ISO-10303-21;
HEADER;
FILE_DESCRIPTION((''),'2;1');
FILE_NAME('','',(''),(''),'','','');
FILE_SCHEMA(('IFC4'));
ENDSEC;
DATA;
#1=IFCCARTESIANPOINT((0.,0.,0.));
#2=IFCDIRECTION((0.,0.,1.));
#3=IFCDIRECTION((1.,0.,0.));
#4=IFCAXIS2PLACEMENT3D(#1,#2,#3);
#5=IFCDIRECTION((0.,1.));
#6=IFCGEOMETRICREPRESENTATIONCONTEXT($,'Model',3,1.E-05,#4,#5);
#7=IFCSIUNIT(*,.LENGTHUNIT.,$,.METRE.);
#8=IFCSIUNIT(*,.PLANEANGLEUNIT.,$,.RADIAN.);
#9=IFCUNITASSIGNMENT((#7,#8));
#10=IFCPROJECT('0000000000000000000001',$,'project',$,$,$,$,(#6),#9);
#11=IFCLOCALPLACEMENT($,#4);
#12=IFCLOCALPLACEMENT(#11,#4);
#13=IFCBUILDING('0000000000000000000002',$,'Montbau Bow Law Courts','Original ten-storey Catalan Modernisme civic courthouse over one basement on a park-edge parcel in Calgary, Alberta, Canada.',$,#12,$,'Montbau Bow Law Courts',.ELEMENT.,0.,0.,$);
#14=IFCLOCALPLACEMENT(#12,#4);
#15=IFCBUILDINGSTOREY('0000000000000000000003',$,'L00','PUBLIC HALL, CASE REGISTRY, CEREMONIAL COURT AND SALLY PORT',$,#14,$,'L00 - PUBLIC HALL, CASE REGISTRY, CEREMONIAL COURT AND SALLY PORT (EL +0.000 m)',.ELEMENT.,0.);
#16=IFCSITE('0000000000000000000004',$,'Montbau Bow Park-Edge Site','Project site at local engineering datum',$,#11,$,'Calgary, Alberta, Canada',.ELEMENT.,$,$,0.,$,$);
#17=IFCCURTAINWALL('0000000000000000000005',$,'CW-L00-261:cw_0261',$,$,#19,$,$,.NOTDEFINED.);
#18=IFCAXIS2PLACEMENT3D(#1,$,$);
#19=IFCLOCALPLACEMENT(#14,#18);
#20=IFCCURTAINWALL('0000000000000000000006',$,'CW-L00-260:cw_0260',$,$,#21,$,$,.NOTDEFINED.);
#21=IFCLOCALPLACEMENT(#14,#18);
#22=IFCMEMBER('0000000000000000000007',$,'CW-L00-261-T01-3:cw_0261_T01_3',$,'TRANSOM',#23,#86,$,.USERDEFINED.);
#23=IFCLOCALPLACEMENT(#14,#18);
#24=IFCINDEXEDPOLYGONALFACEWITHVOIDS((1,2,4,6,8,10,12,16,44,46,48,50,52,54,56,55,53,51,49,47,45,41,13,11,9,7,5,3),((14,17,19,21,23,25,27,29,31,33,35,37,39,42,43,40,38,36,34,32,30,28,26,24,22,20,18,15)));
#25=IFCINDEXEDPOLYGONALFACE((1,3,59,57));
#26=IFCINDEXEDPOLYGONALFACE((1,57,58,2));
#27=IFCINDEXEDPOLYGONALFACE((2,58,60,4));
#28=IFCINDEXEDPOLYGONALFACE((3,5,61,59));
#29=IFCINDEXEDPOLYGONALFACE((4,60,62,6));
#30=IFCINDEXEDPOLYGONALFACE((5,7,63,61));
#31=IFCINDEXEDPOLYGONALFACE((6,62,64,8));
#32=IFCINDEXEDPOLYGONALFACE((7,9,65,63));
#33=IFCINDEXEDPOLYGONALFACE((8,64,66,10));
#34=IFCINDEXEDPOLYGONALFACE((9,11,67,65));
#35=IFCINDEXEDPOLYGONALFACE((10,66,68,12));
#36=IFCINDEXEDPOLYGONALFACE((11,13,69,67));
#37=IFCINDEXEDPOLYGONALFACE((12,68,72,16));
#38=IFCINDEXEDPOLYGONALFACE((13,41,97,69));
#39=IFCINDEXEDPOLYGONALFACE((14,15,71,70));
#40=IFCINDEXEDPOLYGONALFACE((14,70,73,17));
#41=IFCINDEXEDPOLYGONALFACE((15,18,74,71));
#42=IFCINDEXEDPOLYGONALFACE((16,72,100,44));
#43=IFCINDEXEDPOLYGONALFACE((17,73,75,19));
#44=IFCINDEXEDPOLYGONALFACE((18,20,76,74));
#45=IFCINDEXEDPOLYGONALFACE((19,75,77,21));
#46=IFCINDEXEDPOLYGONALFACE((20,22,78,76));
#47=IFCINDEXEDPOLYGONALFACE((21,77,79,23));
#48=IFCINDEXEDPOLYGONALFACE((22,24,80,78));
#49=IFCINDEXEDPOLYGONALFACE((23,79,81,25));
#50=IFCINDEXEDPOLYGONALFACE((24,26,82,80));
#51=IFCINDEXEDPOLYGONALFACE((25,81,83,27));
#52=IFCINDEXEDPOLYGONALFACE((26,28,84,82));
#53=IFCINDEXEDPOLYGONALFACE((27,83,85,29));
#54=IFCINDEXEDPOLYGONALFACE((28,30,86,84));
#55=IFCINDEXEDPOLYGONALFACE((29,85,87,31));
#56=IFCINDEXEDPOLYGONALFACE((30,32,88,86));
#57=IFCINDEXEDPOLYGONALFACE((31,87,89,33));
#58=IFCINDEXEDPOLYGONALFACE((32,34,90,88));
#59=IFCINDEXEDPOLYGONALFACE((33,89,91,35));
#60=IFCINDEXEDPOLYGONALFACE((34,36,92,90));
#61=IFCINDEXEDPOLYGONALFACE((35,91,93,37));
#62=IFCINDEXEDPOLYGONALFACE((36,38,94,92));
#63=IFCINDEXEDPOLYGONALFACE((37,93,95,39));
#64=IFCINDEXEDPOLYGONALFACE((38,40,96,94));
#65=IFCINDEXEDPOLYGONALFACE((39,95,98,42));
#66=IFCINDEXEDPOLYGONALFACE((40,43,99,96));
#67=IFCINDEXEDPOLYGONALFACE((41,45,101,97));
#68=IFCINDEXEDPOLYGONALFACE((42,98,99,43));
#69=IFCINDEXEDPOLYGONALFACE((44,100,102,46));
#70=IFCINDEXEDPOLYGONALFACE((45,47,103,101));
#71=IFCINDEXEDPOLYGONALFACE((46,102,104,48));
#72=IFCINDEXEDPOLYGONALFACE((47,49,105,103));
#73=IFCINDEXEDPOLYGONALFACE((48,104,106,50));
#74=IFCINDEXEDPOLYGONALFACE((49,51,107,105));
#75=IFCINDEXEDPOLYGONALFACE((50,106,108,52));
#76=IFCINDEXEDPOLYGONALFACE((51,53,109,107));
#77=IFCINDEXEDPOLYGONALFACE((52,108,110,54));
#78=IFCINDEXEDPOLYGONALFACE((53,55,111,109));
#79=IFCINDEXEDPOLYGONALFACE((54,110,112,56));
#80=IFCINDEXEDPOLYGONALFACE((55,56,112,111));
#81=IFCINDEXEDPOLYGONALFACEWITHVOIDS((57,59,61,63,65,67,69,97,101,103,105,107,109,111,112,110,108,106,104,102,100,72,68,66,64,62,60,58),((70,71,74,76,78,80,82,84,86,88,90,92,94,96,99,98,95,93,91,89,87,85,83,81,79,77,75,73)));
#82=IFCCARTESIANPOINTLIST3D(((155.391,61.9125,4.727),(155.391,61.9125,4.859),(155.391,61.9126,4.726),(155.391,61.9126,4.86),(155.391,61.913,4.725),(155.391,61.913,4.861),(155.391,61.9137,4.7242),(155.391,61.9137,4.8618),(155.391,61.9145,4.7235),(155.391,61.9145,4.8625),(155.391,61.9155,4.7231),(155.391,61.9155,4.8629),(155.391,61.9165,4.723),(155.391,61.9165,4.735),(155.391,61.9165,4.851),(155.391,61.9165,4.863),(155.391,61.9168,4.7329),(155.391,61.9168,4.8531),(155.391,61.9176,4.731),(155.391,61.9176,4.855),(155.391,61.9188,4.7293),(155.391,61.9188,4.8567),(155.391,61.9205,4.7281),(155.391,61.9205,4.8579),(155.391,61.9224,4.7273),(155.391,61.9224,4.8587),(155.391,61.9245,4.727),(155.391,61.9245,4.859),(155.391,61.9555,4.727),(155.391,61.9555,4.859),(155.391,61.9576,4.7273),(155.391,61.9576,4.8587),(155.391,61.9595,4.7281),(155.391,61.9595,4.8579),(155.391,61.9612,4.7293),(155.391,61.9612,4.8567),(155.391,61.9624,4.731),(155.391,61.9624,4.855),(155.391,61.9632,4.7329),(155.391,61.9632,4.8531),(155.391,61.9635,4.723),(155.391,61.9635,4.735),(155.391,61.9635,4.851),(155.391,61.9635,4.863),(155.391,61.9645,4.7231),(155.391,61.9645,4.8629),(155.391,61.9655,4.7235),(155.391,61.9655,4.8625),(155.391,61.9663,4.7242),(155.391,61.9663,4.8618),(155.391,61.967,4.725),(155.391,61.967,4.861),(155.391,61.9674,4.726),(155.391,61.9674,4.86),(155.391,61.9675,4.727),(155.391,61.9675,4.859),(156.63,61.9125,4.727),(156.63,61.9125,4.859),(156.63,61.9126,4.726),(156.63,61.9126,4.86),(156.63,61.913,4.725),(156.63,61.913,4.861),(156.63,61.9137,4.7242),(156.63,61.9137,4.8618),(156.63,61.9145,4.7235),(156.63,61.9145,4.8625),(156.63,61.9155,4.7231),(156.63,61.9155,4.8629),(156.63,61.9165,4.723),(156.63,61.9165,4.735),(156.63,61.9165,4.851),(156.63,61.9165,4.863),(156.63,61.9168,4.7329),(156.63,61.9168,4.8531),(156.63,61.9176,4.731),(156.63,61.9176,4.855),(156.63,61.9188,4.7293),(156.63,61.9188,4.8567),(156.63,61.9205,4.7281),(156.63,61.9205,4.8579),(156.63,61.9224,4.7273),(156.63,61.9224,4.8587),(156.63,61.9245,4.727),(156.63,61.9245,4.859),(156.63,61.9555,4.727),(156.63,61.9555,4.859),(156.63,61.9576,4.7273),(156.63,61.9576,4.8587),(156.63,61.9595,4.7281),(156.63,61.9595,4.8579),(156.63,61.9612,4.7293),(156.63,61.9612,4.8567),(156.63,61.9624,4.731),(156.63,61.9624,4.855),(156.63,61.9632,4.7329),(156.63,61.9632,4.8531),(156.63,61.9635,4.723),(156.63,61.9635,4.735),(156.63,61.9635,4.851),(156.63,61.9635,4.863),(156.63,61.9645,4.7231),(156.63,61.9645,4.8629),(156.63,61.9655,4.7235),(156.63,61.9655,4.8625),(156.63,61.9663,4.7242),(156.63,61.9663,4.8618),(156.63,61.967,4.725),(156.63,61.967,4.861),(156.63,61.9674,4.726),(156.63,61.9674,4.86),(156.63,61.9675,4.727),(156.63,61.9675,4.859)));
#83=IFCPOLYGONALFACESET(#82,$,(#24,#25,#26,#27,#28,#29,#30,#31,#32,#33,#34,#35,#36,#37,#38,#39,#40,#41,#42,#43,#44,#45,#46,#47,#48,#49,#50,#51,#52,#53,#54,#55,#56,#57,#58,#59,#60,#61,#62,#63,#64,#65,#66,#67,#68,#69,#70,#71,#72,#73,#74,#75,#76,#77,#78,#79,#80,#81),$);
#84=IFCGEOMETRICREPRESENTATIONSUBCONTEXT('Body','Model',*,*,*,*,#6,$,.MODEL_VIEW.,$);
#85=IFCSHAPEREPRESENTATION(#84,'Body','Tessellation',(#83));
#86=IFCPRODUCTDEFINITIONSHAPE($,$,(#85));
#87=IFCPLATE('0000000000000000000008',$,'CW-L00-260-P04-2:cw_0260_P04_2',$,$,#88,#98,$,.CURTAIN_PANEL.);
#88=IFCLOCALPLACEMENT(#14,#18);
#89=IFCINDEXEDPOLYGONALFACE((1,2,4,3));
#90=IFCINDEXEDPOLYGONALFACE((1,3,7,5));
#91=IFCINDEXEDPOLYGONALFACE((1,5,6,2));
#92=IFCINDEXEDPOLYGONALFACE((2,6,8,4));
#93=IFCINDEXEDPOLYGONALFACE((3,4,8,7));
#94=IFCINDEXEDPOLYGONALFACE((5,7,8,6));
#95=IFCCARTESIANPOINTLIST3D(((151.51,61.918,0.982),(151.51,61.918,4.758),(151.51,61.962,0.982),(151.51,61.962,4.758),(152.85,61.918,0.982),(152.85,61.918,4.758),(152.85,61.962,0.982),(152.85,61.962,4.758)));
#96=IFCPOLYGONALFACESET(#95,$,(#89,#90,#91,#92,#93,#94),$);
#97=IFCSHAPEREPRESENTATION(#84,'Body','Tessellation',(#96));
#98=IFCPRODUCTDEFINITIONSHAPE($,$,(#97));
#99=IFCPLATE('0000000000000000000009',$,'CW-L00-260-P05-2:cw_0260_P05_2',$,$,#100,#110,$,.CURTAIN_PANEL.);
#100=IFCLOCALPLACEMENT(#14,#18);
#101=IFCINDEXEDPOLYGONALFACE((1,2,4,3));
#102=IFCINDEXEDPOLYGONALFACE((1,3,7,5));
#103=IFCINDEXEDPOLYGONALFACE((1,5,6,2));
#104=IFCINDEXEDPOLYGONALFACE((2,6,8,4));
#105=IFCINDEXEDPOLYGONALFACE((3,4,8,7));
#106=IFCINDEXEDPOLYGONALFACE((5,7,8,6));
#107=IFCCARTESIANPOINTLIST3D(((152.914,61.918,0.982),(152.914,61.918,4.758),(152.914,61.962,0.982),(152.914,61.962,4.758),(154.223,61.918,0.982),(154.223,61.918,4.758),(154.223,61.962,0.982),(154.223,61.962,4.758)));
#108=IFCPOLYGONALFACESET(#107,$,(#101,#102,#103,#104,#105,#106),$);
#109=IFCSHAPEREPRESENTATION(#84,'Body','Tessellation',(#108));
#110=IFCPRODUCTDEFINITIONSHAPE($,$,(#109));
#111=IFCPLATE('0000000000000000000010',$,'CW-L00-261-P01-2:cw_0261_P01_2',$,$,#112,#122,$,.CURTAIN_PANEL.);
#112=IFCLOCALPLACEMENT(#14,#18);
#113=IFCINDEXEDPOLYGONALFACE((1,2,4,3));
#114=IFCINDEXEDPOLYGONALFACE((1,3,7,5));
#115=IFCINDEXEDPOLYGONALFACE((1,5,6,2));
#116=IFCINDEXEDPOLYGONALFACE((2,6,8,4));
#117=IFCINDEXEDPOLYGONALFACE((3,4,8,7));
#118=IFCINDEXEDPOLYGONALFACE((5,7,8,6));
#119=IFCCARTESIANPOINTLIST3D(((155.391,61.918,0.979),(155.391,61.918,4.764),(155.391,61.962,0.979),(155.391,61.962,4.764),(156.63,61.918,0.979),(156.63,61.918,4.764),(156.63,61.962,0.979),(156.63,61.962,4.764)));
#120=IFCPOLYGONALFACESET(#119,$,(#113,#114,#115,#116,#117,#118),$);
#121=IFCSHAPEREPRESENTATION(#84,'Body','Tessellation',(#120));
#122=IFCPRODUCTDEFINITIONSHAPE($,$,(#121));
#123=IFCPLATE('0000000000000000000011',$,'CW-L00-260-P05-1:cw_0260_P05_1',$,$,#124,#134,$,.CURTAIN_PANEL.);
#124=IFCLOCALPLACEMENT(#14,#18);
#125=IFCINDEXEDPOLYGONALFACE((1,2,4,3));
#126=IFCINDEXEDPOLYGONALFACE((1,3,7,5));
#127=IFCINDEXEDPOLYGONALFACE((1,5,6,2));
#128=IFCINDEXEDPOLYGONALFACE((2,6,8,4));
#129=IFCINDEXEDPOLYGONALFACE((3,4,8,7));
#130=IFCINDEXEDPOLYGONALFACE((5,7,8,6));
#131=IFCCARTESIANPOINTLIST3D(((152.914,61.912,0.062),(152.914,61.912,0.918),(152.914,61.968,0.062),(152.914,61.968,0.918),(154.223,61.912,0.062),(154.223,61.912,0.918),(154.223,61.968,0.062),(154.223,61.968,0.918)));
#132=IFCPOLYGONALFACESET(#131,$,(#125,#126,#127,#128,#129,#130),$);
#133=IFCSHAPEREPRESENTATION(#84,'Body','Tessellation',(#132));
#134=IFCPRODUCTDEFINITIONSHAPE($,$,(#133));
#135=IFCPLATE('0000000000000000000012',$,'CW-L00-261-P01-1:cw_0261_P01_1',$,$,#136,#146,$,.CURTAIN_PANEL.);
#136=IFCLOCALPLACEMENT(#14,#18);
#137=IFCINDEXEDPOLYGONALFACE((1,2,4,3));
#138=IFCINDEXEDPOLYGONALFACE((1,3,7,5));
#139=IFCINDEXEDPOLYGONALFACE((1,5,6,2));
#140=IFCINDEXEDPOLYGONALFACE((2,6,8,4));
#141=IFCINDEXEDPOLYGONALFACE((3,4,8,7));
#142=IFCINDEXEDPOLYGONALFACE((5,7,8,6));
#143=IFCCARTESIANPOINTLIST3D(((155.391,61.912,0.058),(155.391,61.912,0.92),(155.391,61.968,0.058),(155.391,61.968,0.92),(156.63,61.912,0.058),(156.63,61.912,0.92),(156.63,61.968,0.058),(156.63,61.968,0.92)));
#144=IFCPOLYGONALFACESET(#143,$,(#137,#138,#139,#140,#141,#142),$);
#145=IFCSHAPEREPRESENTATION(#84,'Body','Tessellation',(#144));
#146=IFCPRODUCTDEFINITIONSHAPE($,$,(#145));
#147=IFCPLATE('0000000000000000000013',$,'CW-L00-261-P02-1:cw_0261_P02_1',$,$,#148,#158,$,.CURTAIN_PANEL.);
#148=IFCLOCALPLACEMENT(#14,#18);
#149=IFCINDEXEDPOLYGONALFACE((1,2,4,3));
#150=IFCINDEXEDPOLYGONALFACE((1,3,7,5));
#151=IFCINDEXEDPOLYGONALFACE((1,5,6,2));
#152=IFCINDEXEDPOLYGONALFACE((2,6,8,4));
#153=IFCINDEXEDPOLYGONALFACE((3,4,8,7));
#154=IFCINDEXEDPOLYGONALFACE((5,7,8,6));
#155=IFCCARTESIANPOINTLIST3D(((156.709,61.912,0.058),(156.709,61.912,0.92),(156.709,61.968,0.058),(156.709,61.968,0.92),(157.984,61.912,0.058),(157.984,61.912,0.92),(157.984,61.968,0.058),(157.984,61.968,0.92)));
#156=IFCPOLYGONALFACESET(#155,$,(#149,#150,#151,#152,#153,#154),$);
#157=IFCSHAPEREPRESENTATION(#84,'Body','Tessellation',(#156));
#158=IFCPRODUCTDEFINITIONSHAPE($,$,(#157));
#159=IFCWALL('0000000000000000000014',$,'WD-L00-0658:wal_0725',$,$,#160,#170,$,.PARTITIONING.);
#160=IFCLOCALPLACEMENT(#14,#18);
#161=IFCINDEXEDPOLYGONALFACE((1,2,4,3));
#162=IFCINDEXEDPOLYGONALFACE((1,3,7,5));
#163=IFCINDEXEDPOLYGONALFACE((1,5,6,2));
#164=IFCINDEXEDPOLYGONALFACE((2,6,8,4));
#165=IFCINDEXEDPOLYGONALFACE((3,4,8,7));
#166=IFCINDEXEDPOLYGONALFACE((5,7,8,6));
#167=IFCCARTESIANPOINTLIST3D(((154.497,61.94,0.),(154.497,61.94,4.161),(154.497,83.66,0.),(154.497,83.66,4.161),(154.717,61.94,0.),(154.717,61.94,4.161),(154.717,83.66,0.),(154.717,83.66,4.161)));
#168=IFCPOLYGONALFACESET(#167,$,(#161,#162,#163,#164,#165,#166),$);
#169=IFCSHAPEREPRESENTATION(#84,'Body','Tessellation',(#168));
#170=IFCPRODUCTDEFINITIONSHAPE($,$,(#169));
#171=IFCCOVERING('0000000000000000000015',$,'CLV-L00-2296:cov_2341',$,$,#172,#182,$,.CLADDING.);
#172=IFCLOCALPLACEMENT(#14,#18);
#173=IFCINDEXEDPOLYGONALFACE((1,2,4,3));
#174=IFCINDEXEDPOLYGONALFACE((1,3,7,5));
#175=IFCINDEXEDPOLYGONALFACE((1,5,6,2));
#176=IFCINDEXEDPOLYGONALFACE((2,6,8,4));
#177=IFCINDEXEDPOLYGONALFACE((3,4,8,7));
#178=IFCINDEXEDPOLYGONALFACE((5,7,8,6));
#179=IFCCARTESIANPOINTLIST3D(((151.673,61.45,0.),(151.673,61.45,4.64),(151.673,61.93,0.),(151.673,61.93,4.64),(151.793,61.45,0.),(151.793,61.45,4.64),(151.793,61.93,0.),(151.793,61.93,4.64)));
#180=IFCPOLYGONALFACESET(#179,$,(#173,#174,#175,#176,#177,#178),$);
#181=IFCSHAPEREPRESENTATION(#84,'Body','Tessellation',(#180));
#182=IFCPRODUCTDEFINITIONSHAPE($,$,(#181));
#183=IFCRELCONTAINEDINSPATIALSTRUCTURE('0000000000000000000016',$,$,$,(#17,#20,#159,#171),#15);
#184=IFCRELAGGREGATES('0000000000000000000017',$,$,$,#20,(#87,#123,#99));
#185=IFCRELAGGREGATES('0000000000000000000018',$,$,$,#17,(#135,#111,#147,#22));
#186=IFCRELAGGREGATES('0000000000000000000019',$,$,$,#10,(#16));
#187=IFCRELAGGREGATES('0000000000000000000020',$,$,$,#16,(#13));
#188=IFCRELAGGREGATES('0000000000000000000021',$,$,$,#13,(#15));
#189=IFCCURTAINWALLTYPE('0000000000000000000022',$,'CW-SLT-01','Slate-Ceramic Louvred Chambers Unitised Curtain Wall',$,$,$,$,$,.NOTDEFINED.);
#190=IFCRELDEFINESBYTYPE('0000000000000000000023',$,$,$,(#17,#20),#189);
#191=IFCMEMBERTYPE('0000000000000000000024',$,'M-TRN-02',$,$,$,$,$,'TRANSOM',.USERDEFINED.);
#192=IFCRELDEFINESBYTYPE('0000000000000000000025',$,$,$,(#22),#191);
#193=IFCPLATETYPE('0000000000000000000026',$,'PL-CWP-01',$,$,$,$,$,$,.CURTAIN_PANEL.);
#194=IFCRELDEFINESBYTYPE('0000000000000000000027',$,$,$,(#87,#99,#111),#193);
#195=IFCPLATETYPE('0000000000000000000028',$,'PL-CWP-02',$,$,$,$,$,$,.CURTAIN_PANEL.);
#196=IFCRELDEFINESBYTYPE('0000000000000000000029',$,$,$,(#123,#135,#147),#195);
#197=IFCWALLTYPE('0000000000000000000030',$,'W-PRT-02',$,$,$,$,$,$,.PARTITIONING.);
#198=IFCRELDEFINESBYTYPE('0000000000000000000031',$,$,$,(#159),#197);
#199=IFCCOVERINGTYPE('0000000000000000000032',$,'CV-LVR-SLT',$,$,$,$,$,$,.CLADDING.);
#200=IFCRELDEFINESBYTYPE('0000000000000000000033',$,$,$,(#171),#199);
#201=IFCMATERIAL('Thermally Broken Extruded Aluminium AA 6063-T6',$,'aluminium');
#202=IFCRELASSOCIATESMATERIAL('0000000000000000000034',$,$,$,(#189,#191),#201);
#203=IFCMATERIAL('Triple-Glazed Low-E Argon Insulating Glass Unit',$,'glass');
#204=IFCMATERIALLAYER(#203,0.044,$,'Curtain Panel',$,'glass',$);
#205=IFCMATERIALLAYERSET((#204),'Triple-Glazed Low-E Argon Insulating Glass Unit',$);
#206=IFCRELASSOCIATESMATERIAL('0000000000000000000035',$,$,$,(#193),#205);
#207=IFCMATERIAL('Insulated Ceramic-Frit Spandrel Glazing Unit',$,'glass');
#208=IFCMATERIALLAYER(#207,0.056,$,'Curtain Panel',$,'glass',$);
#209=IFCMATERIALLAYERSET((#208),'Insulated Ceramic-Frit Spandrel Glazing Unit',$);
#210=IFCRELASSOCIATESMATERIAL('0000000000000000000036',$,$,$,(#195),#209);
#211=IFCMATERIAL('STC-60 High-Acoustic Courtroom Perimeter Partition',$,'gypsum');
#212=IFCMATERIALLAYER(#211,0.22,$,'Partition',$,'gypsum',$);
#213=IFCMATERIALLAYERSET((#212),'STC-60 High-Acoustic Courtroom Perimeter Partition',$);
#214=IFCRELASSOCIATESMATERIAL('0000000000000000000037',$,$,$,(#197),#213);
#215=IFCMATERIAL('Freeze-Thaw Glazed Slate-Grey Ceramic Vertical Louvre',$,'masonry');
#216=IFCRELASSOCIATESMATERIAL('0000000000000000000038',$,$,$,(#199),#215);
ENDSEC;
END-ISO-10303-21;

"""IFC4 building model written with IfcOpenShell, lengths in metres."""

from ifc_helpers import new_model, si_unit, direction, frame, frame_2d, origin_with_axes, origin_2d_with_axis, place, context, subcontext, project, spatial, rectangle, hollow_rectangle, extrude, material, layer, layer_set, material_profile, profile_set, type_object, element, aggregate, save


model = new_model("IFC4")

# Units and contexts
model_context = context("Model", 3, precision=1e-05, world=origin_with_axes(), true_north=direction((0.0, 1.0)))
body_context = subcontext(model_context, "Body", "Model", "MODEL_VIEW")
ifc_project = project(units=[si_unit("LENGTHUNIT", "METRE"), si_unit("PLANEANGLEUNIT", "RADIAN")], contexts=[model_context])

# Site, building, storey
site_placement = place(None, origin_with_axes())
site = spatial("IfcSite", under=ifc_project, at=site_placement, Name="Montbau Bow Park-Edge Site", Description="Project site at local engineering datum", LongName="Calgary, Alberta, Canada", CompositionType="ELEMENT", RefElevation=0.0)
building_placement = place(site_placement, origin_with_axes())
building = spatial("IfcBuilding", under=site, at=building_placement, Name="Montbau Bow Law Courts", Description="Original ten-storey Catalan Modernisme civic courthouse over one basement on a park-edge parcel in Calgary, Alberta, Canada.", LongName="Montbau Bow Law Courts", CompositionType="ELEMENT", ElevationOfRefHeight=0.0, ElevationOfTerrain=0.0)
storey_placement = place(building_placement, origin_with_axes())
storey = spatial("IfcBuildingStorey", under=building, at=storey_placement, Name="L00", Description="PUBLIC HALL, CASE REGISTRY, CEREMONIAL COURT AND SALLY PORT", LongName="L00 - PUBLIC HALL, CASE REGISTRY, CEREMONIAL COURT AND SALLY PORT (EL +0.000 m)", CompositionType="ELEMENT", Elevation=0.0)

# Curtain walls
ifc_material_1 = material(Name="Thermally Broken Extruded Aluminium AA 6063-T6", Category="aluminium")
curtain_wall_type = type_object("IfcCurtainWallType", Name="CW-SLT-01", Description="Slate-Ceramic Louvred Chambers Unitised Curtain Wall", PredefinedType="NOTDEFINED", material=ifc_material_1)
curtain_wall_1_placement = place(None, frame((155.315, 61.94, 0.0), z_axis=(0.0, 0.0, 1.0), x_axis=(1.0, 0.0, 0.0)))
curtain_wall_1 = element("IfcCurtainWall", 1, at=curtain_wall_1_placement, inside=storey, type_object=curtain_wall_type, Name="CW-L00-261:cw_0261", PredefinedType="NOTDEFINED")
curtain_wall_2_placement = place(None, frame((147.268, 61.94, 0.0), z_axis=(0.0, 0.0, 1.0), x_axis=(1.0, 0.0, 0.0)))
curtain_wall_2 = element("IfcCurtainWall", 2, at=curtain_wall_2_placement, inside=storey, type_object=curtain_wall_type, Name="CW-L00-260:cw_0260", PredefinedType="NOTDEFINED")

# Member
ifc_material_profile_1 = material_profile(ifc_material_1, hollow_rectangle(XDim=0.055, YDim=0.14, WallThickness=0.004, InnerFilletRadius=0.008, OuterFilletRadius=0.004, at=origin_2d_with_axis()), Name="CWT-140X55", Category="Main", Priority=0)
ifc_profile_set_1 = profile_set([ifc_material_profile_1], Name="Thermally Broken Extruded Aluminium AA 6063-T6")
member_type_1 = type_object("IfcMemberType", Name="M-TRN-02", ElementType="TRANSOM", PredefinedType="USERDEFINED", material=ifc_profile_set_1)
member_1_placement = place(None, frame((155.391, 61.94, 4.793), z_axis=(1.0, 0.0, 0.0), x_axis=(0.0, 1.0, 0.0)))
member_1 = element("IfcMember", 3, at=member_1_placement, type_object=member_type_1, Name="CW-L00-261-T01-3:cw_0261_T01_3", ObjectType="TRANSOM", PredefinedType="USERDEFINED", context=body_context, shape_type="SweptSolid", body=[
    extrude(hollow_rectangle(XDim=0.055, YDim=0.14, WallThickness=0.004, InnerFilletRadius=0.008, OuterFilletRadius=0.004, at=origin_2d_with_axis()), origin_with_axes(), (0.0, 0.0, 1.0), 1.239),
])

# Plates
ifc_material_2 = material(Name="Triple-Glazed Low-E Argon Insulating Glass Unit", Category="glass")
ifc_layer_1 = layer(ifc_material_2, 0.044, Name="Curtain Panel", Category="glass")
ifc_layer_set_1 = layer_set([ifc_layer_1], Name="Triple-Glazed Low-E Argon Insulating Glass Unit")
plate_type_1 = type_object("IfcPlateType", Name="PL-CWP-01", PredefinedType="CURTAIN_PANEL", material=ifc_layer_set_1)
plate_1_placement = place(None, frame((151.51, 61.94, 0.982), z_axis=(0.0, -1.0, 0.0), x_axis=(1.0, 0.0, 0.0)))
plate_1 = element("IfcPlate", 4, at=plate_1_placement, type_object=plate_type_1, Name="CW-L00-260-P04-2:cw_0260_P04_2", PredefinedType="CURTAIN_PANEL", context=body_context, shape_type="SweptSolid", body=[
    extrude(rectangle(XDim=1.34, YDim=3.776, at=frame_2d((0.67, 1.888), x_axis=(1.0, 0.0))), frame((0.0, 0.0, -0.022), z_axis=(0.0, 0.0, 1.0), x_axis=(1.0, 0.0, 0.0)), (0.0, 0.0, 1.0), 0.044),
])
plate_2_placement = place(None, frame((152.914, 61.94, 0.982), z_axis=(0.0, -1.0, 0.0), x_axis=(1.0, 0.0, 0.0)))
plate_2 = element("IfcPlate", 5, at=plate_2_placement, type_object=plate_type_1, Name="CW-L00-260-P05-2:cw_0260_P05_2", PredefinedType="CURTAIN_PANEL", context=body_context, shape_type="SweptSolid", body=[
    extrude(rectangle(XDim=1.309, YDim=3.776, at=frame_2d((0.6545, 1.888), x_axis=(1.0, 0.0))), frame((0.0, 0.0, -0.022), z_axis=(0.0, 0.0, 1.0), x_axis=(1.0, 0.0, 0.0)), (0.0, 0.0, 1.0), 0.044),
])
plate_3_placement = place(None, frame((155.391, 61.94, 0.979), z_axis=(0.0, -1.0, 0.0), x_axis=(1.0, 0.0, 0.0)))
plate_3 = element("IfcPlate", 6, at=plate_3_placement, type_object=plate_type_1, Name="CW-L00-261-P01-2:cw_0261_P01_2", PredefinedType="CURTAIN_PANEL", context=body_context, shape_type="SweptSolid", body=[
    extrude(rectangle(XDim=1.239, YDim=3.785, at=frame_2d((0.6195, 1.8925), x_axis=(1.0, 0.0))), frame((0.0, 0.0, -0.022), z_axis=(0.0, 0.0, 1.0), x_axis=(1.0, 0.0, 0.0)), (0.0, 0.0, 1.0), 0.044),
])
ifc_material_3 = material(Name="Insulated Ceramic-Frit Spandrel Glazing Unit", Category="glass")
ifc_layer_2 = layer(ifc_material_3, 0.056, Name="Curtain Panel", Category="glass")
ifc_layer_set_2 = layer_set([ifc_layer_2], Name="Insulated Ceramic-Frit Spandrel Glazing Unit")
plate_type_2 = type_object("IfcPlateType", Name="PL-CWP-02", PredefinedType="CURTAIN_PANEL", material=ifc_layer_set_2)
plate_4_placement = place(None, frame((152.914, 61.94, 0.062), z_axis=(0.0, -1.0, 0.0), x_axis=(1.0, 0.0, 0.0)))
plate_4 = element("IfcPlate", 7, at=plate_4_placement, type_object=plate_type_2, Name="CW-L00-260-P05-1:cw_0260_P05_1", PredefinedType="CURTAIN_PANEL", context=body_context, shape_type="SweptSolid", body=[
    extrude(rectangle(XDim=1.309, YDim=0.856, at=frame_2d((0.6545, 0.428), x_axis=(1.0, 0.0))), frame((0.0, 0.0, -0.028), z_axis=(0.0, 0.0, 1.0), x_axis=(1.0, 0.0, 0.0)), (0.0, 0.0, 1.0), 0.056),
])
aggregate(curtain_wall_2, [plate_1, plate_4, plate_2])
plate_5_placement = place(None, frame((155.391, 61.94, 0.058), z_axis=(0.0, -1.0, 0.0), x_axis=(1.0, 0.0, 0.0)))
plate_5 = element("IfcPlate", 8, at=plate_5_placement, type_object=plate_type_2, Name="CW-L00-261-P01-1:cw_0261_P01_1", PredefinedType="CURTAIN_PANEL", context=body_context, shape_type="SweptSolid", body=[
    extrude(rectangle(XDim=1.239, YDim=0.862, at=frame_2d((0.6195, 0.431), x_axis=(1.0, 0.0))), frame((0.0, 0.0, -0.028), z_axis=(0.0, 0.0, 1.0), x_axis=(1.0, 0.0, 0.0)), (0.0, 0.0, 1.0), 0.056),
])
plate_6_placement = place(None, frame((156.709, 61.94, 0.058), z_axis=(0.0, -1.0, 0.0), x_axis=(1.0, 0.0, 0.0)))
plate_6 = element("IfcPlate", 9, at=plate_6_placement, type_object=plate_type_2, Name="CW-L00-261-P02-1:cw_0261_P02_1", PredefinedType="CURTAIN_PANEL", context=body_context, shape_type="SweptSolid", body=[
    extrude(rectangle(XDim=1.275, YDim=0.862, at=frame_2d((0.6375, 0.431), x_axis=(1.0, 0.0))), frame((0.0, 0.0, -0.028), z_axis=(0.0, 0.0, 1.0), x_axis=(1.0, 0.0, 0.0)), (0.0, 0.0, 1.0), 0.056),
])
aggregate(curtain_wall_1, [plate_5, plate_3, plate_6, member_1])

# Wall
ifc_material_4 = material(Name="STC-60 High-Acoustic Courtroom Perimeter Partition", Category="gypsum")
ifc_layer_3 = layer(ifc_material_4, 0.22, Name="Partition", Category="gypsum")
ifc_layer_set_3 = layer_set([ifc_layer_3], Name="STC-60 High-Acoustic Courtroom Perimeter Partition")
wall_type = type_object("IfcWallType", Name="W-PRT-02", PredefinedType="PARTITIONING", material=ifc_layer_set_3)
wall_placement = place(None, frame((154.607, 61.94, 0.0), z_axis=(0.0, 0.0, 1.0), x_axis=(0.0, 1.0, 0.0)))
element("IfcWall", 10, at=wall_placement, inside=storey, type_object=wall_type, Name="WD-L00-0658:wal_0725", PredefinedType="PARTITIONING", context=body_context, shape_type="SweptSolid", body=[
    extrude(rectangle(XDim=21.72, YDim=0.22, at=frame_2d((10.86, 0.0), x_axis=(1.0, 0.0))), origin_with_axes(), (0.0, 0.0, 1.0), 4.161),
])

# Covering
ifc_material_5 = material(Name="Freeze-Thaw Glazed Slate-Grey Ceramic Vertical Louvre", Category="masonry")
covering_type = type_object("IfcCoveringType", Name="CV-LVR-SLT", PredefinedType="CLADDING", material=ifc_material_5)
for number, where, z_axis, x_axis, name in (
    (11, (151.733, 61.93, 0.0), (-1.0, 0.0, 0.0), (0.0, -1.0, 0.0), "CLV-L00-2296:cov_2341"),
):
    element("IfcCovering", number, at=place(None, frame(where, z_axis=z_axis, x_axis=x_axis)), inside=storey, type_object=covering_type, Name=name, PredefinedType="CLADDING", context=body_context, shape_type="SweptSolid", body=[
        extrude(rectangle(XDim=0.48, YDim=4.64, at=frame_2d((0.24, 2.32), x_axis=(1.0, 0.0))), frame((0.0, 0.0, -0.06), z_axis=(0.0, 0.0, 1.0), x_axis=(1.0, 0.0, 0.0)), (0.0, 0.0, 1.0), 0.12),
    ])

save(model, "model.ifc")
